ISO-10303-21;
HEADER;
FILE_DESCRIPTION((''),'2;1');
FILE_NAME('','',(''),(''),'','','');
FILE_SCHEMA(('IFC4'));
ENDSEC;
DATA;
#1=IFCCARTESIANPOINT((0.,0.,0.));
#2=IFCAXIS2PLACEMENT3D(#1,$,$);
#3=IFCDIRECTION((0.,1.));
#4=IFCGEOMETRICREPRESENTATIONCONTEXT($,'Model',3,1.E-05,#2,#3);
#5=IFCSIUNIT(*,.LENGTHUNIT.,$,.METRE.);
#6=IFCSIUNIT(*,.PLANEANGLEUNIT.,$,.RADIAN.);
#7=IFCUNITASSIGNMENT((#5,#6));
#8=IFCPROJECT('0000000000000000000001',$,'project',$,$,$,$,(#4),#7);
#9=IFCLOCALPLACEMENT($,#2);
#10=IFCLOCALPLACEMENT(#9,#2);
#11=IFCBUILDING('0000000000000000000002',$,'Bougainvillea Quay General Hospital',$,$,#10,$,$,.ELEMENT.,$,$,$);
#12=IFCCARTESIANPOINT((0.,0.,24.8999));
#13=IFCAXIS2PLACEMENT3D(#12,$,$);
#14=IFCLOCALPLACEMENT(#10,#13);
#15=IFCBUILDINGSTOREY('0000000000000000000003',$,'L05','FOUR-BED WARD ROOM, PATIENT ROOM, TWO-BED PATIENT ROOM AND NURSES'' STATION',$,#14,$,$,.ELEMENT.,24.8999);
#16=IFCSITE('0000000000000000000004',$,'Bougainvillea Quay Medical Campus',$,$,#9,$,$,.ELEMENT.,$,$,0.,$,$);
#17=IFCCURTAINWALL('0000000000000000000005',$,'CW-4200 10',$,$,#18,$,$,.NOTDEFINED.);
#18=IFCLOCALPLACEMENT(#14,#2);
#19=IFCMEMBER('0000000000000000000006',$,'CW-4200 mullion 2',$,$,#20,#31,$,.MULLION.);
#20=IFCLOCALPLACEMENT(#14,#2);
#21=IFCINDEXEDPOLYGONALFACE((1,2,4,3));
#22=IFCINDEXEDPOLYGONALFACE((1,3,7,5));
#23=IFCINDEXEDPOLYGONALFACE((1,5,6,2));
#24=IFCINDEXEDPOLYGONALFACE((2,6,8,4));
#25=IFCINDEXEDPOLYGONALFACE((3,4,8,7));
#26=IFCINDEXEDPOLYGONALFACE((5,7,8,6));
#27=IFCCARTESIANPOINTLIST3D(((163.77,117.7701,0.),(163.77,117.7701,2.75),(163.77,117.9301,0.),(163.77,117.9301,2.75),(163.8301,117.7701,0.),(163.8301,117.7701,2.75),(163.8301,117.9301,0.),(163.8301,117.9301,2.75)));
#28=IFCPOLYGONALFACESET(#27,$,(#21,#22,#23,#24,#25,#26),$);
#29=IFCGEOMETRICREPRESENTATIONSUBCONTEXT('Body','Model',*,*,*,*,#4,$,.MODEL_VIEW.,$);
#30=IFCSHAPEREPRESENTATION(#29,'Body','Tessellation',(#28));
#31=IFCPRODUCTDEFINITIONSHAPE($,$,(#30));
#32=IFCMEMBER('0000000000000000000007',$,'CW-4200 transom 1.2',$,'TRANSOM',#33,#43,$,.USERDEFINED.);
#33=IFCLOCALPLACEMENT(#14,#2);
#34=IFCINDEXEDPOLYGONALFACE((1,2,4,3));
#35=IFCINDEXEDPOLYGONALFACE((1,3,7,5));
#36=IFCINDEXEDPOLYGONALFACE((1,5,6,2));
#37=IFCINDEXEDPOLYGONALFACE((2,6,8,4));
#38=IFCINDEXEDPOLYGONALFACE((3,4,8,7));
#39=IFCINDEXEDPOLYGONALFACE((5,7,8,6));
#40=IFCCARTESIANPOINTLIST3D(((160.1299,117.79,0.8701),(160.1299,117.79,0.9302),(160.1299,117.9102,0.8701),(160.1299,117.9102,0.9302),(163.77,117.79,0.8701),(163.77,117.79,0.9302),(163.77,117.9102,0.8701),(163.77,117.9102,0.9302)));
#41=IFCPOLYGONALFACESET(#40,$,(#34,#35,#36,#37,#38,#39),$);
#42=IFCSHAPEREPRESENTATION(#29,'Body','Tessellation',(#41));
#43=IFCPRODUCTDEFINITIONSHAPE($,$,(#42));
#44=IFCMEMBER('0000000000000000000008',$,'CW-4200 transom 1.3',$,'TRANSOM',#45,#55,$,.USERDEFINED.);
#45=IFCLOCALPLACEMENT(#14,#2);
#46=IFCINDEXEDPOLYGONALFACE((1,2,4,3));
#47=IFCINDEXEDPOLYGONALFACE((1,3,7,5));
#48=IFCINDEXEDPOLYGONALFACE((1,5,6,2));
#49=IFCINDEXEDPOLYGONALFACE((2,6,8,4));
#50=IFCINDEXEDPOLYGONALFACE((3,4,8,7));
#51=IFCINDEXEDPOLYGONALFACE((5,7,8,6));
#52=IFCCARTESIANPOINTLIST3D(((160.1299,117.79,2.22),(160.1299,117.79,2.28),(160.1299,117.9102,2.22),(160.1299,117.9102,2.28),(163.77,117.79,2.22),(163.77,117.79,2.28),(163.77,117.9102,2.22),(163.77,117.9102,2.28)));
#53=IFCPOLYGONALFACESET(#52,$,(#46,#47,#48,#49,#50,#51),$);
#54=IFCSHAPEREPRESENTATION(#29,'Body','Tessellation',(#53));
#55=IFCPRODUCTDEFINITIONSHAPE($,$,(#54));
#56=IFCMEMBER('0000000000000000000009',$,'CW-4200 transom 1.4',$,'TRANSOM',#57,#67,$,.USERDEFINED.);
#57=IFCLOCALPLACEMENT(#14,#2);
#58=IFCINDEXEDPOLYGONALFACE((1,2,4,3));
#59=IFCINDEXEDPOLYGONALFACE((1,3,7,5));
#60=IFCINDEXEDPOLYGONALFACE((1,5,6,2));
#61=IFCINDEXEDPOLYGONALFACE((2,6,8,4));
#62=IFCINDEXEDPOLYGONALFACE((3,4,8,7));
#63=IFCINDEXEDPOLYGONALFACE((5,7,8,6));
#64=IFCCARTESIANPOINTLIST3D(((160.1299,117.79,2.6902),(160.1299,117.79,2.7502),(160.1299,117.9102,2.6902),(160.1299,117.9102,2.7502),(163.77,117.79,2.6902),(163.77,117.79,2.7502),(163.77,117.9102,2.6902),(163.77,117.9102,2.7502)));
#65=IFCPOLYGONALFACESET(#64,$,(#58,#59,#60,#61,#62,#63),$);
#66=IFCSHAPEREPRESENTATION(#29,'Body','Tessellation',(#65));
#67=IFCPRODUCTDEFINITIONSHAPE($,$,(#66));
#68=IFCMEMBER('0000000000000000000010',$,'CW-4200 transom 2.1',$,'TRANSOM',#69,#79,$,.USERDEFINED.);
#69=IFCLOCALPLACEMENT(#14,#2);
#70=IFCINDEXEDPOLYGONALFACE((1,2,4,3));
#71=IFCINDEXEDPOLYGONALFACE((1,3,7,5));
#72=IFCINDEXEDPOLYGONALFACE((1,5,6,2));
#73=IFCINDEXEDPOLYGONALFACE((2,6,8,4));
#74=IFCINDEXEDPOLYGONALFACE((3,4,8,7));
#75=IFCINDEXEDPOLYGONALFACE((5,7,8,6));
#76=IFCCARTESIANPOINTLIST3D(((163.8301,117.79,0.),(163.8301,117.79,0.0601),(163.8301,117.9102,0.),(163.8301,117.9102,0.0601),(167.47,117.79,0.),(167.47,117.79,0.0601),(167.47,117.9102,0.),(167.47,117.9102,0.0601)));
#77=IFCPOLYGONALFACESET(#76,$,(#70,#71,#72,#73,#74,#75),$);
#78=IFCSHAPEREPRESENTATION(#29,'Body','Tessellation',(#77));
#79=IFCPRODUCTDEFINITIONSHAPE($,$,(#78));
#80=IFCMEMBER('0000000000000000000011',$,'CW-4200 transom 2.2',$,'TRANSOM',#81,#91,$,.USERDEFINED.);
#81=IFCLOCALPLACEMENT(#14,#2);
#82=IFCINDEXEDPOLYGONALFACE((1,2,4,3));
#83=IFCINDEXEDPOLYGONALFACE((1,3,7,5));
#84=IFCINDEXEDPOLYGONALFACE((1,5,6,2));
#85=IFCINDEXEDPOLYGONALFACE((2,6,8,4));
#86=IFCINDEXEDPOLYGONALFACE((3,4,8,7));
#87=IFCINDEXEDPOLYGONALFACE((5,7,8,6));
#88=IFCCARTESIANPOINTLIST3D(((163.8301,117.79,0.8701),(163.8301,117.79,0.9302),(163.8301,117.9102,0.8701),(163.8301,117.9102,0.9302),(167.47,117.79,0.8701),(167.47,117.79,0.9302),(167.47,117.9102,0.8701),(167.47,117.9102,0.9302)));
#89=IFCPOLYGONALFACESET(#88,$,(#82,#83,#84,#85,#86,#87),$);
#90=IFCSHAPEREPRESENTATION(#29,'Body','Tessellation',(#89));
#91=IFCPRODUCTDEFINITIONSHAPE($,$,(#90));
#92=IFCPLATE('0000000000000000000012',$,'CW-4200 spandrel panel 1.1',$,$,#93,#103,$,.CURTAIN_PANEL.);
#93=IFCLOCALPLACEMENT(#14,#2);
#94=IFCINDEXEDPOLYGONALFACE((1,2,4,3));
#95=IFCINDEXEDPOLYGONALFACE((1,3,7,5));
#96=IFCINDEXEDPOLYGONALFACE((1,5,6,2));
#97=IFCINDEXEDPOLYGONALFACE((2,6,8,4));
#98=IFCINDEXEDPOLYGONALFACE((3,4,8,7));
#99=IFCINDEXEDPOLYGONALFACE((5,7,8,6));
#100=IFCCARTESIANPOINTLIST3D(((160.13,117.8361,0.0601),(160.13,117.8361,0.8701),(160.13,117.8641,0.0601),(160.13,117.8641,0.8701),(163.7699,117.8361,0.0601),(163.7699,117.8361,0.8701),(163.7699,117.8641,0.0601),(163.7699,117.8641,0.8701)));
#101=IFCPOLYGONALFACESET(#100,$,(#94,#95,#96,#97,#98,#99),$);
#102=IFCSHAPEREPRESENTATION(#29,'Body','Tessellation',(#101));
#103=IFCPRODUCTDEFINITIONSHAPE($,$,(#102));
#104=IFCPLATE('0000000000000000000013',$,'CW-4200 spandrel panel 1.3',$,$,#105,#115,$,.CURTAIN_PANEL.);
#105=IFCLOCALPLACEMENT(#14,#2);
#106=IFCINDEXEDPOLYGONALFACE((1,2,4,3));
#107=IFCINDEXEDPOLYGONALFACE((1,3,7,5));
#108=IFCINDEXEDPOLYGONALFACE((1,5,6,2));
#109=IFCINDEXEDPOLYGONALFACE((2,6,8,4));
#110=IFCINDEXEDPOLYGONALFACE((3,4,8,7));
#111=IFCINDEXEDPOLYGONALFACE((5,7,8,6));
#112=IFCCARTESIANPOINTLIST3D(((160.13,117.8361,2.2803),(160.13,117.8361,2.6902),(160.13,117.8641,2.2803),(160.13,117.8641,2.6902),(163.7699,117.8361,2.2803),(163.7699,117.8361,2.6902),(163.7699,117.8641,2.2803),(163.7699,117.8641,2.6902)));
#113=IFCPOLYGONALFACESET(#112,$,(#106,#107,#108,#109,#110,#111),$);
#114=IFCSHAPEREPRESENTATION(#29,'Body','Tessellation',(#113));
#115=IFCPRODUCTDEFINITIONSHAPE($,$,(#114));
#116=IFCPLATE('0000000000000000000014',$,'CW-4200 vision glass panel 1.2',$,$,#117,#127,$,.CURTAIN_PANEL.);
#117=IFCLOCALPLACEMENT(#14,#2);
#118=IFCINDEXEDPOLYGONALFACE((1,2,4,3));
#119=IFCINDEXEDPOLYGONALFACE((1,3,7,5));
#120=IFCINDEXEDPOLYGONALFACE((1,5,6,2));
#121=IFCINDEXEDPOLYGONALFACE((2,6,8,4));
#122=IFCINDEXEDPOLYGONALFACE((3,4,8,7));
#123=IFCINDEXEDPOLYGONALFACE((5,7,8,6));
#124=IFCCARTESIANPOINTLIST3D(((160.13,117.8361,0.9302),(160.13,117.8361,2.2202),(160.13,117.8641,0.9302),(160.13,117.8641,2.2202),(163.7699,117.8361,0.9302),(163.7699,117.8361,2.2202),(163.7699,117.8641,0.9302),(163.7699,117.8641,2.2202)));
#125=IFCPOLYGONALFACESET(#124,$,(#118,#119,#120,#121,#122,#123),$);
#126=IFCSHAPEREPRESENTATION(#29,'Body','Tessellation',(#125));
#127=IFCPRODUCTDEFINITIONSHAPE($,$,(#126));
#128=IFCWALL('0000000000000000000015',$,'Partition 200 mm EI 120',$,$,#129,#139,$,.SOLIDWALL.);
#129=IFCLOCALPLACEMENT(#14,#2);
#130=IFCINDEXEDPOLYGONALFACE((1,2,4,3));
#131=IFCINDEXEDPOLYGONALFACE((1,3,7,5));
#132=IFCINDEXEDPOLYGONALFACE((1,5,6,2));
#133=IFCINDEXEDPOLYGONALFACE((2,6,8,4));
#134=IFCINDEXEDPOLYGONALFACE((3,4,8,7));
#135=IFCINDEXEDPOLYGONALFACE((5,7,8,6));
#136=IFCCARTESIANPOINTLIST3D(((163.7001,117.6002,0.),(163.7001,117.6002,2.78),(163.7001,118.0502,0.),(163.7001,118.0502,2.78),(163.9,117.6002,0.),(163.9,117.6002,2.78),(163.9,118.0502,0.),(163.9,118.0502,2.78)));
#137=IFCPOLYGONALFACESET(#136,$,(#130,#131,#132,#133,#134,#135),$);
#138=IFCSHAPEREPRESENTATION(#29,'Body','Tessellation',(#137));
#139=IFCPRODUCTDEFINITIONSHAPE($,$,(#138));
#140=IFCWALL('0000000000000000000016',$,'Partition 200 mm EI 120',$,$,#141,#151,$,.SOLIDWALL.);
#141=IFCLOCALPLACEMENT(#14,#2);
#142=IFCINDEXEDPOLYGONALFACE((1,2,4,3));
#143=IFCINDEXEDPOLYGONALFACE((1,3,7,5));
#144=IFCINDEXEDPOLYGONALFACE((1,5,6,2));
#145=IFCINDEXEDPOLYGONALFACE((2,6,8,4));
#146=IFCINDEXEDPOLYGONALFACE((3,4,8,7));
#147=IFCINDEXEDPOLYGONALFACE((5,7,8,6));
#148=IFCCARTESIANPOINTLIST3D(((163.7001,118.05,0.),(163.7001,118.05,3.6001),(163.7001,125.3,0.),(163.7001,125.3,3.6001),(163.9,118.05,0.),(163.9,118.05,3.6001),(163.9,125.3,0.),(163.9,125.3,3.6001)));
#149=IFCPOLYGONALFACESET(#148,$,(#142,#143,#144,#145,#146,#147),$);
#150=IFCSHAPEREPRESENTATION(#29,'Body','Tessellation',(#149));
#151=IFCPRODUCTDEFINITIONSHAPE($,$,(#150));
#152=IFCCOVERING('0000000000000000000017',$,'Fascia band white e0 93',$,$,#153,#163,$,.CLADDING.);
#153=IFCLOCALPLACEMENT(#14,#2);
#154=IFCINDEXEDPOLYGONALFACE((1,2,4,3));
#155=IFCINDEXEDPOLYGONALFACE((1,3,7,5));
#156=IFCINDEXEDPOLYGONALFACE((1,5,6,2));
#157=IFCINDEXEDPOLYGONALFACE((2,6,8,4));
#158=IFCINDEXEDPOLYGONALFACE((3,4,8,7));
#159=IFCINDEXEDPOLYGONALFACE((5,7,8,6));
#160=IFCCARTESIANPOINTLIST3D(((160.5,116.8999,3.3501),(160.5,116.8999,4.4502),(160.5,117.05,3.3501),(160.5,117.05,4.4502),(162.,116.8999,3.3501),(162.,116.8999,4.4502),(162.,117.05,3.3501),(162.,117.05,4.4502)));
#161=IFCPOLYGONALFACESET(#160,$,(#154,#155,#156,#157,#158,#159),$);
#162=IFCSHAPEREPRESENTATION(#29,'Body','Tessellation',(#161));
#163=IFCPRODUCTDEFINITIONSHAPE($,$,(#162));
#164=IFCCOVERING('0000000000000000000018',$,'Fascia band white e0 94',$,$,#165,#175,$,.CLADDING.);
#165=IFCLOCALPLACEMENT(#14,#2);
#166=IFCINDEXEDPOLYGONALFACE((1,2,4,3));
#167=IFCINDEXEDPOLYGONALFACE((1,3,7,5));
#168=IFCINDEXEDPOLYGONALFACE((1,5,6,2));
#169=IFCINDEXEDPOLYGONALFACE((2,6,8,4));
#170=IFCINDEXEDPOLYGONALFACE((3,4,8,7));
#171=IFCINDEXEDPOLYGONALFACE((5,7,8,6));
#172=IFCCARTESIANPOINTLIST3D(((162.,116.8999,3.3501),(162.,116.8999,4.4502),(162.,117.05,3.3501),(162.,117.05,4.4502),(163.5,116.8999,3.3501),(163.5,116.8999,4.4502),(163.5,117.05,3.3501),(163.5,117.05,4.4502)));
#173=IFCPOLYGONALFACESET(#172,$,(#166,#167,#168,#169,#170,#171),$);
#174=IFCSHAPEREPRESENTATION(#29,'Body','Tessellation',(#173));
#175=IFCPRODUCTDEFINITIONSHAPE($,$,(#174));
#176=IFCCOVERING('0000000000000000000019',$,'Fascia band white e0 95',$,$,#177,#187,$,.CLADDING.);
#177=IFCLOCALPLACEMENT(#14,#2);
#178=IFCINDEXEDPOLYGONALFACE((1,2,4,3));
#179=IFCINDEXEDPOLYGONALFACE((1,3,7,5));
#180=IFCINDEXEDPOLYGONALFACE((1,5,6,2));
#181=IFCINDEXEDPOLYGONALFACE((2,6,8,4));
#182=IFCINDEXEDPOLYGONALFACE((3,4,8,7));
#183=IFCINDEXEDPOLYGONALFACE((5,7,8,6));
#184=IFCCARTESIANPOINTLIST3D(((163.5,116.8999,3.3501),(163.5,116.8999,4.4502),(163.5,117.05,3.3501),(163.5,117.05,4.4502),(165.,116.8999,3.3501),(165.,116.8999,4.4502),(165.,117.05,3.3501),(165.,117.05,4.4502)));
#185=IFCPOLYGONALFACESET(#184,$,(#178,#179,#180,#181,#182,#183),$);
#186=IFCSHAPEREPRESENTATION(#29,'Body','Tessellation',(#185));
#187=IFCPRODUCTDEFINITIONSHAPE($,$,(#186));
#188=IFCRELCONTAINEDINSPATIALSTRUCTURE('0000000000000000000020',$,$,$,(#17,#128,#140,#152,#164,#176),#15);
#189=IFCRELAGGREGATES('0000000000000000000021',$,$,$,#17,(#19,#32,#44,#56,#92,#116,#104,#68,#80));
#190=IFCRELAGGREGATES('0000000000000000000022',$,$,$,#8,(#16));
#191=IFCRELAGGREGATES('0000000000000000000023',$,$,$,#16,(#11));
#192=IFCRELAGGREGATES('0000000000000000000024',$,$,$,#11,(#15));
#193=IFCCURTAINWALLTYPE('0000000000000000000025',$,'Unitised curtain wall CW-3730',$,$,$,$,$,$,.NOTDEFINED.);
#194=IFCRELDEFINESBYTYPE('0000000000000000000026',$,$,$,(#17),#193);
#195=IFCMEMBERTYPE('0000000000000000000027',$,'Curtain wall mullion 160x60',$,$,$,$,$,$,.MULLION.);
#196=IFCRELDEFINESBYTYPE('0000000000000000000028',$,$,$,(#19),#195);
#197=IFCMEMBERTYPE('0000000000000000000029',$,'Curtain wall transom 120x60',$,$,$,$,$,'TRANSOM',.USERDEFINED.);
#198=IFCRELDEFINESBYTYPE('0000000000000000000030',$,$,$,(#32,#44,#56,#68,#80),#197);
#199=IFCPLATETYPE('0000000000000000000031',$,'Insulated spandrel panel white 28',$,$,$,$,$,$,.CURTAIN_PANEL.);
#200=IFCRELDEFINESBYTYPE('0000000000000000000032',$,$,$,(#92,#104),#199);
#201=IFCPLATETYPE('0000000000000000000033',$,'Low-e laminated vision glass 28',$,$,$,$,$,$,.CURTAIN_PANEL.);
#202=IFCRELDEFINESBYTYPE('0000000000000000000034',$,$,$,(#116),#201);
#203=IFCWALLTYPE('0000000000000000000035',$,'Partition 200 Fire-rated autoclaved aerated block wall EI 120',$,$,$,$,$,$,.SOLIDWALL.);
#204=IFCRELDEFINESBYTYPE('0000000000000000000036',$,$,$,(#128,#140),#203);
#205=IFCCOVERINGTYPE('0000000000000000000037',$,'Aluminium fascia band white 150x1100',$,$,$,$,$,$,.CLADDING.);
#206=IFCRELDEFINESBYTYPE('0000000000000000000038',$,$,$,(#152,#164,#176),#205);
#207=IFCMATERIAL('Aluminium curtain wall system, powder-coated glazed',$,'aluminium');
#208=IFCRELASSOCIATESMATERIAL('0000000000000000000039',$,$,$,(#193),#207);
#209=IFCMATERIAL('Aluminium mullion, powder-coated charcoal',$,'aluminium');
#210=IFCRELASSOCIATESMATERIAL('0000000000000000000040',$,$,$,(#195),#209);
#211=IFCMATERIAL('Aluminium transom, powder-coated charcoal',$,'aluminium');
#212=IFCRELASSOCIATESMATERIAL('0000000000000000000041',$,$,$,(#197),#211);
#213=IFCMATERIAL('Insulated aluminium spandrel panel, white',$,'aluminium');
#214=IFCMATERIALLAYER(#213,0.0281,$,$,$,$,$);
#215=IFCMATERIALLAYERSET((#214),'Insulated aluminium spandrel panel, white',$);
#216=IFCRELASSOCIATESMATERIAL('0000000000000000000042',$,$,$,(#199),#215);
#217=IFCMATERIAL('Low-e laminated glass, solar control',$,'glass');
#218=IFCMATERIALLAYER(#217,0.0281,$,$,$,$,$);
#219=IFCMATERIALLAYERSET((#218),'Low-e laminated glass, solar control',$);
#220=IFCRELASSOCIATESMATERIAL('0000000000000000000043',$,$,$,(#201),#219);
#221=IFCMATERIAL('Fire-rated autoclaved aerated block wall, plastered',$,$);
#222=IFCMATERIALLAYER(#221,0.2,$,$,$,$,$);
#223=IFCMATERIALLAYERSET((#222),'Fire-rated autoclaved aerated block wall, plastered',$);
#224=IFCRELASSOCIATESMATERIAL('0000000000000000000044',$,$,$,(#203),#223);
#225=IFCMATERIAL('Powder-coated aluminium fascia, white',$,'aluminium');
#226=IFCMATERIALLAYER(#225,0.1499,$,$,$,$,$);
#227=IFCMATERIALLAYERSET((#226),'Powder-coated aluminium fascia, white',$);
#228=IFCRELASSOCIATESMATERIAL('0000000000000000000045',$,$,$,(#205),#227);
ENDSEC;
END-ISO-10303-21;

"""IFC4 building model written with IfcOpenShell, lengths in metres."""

from ifc_helpers import new_model, si_unit, direction, frame, frame_2d, origin, origin_2d, place, context, subcontext, project, spatial, polyline, rectangle, outline, extrude, material, layer, layer_set, material_profile, profile_set, type_object, element, aggregate, save


model = new_model("IFC4")

# Units and contexts
model_context = context("Model", 3, precision=1e-05, world=origin(), true_north=direction((0.0, 1.0)))
body_context = subcontext(model_context, "Body", "Model", "MODEL_VIEW")
ifc_project = project(units=[si_unit("LENGTHUNIT", "METRE"), si_unit("PLANEANGLEUNIT", "RADIAN")], contexts=[model_context])

# Site, building, storey
site_placement = place(None, origin())
site = spatial("IfcSite", under=ifc_project, at=site_placement, Name="Bougainvillea Quay Medical Campus", CompositionType="ELEMENT", RefElevation=0.0)
building_placement = place(site_placement, origin())
building = spatial("IfcBuilding", under=site, at=building_placement, Name="Bougainvillea Quay General Hospital", CompositionType="ELEMENT")
storey_placement = place(building_placement, frame((0.0, 0.0, 24.8999)))
storey = spatial("IfcBuildingStorey", under=building, at=storey_placement, Name="L05", Description="FOUR-BED WARD ROOM, PATIENT ROOM, TWO-BED PATIENT ROOM AND NURSES' STATION", CompositionType="ELEMENT", Elevation=24.8999)

# Curtain wall, members, plates
ifc_material_1 = material(Name="Aluminium curtain wall system, powder-coated glazed", Category="aluminium")
curtain_wall_type = type_object("IfcCurtainWallType", Name="Unitised curtain wall CW-3730", PredefinedType="NOTDEFINED", material=ifc_material_1)
curtain_wall_placement = place(storey_placement, origin())
curtain_wall = element("IfcCurtainWall", 1, at=curtain_wall_placement, inside=storey, type_object=curtain_wall_type, Name="CW-4200 10", PredefinedType="NOTDEFINED")
ifc_material_2 = material(Name="Aluminium mullion, powder-coated charcoal", Category="aluminium")
ifc_material_profile_1 = material_profile(ifc_material_2, rectangle(XDim=0.1599, YDim=0.0601, at=origin_2d()))
ifc_profile_set_1 = profile_set([ifc_material_profile_1], Name="Aluminium mullion, powder-coated charcoal")
member_type_1 = type_object("IfcMemberType", Name="Curtain wall mullion 160x60", PredefinedType="MULLION", material=ifc_profile_set_1)
member_1_placement = place(storey_placement, frame((163.8, 117.8501, 0.0), z_axis=(0.0, 0.0, 1.0), x_axis=(0.0, 1.0, 0.0)))
member_1 = element("IfcMember", 2, at=member_1_placement, type_object=member_type_1, Name="CW-4200 mullion 2", PredefinedType="MULLION", context=body_context, shape_type="SweptSolid", body=[
    extrude(rectangle(XDim=0.1599, YDim=0.0601, at=origin_2d()), origin(), (0.0, 0.0, 1.0), 2.75),
])
ifc_material_3 = material(Name="Aluminium transom, powder-coated charcoal", Category="aluminium")
ifc_material_profile_2 = material_profile(ifc_material_3, rectangle(XDim=0.1201, YDim=0.0601, at=origin_2d()))
ifc_profile_set_2 = profile_set([ifc_material_profile_2], Name="Aluminium transom, powder-coated charcoal")
member_type_2 = type_object("IfcMemberType", Name="Curtain wall transom 120x60", ElementType="TRANSOM", PredefinedType="USERDEFINED", material=ifc_profile_set_2)
member_2_placement = place(storey_placement, frame((160.1299, 117.8501, 0.9001), z_axis=(1.0, 0.0, 0.0), x_axis=(0.0, 1.0, 0.0)))
member_2 = element("IfcMember", 3, at=member_2_placement, type_object=member_type_2, Name="CW-4200 transom 1.2", ObjectType="TRANSOM", PredefinedType="USERDEFINED", context=body_context, shape_type="SweptSolid", body=[
    extrude(rectangle(XDim=0.1201, YDim=0.0601, at=origin_2d()), origin(), (0.0, 0.0, 1.0), 3.6401),
])
member_3_placement = place(storey_placement, frame((160.1299, 117.8501, 2.25), z_axis=(1.0, 0.0, 0.0), x_axis=(0.0, 1.0, 0.0)))
member_3 = element("IfcMember", 4, at=member_3_placement, type_object=member_type_2, Name="CW-4200 transom 1.3", ObjectType="TRANSOM", PredefinedType="USERDEFINED", context=body_context, shape_type="SweptSolid", body=[
    extrude(rectangle(XDim=0.1201, YDim=0.0601, at=origin_2d()), origin(), (0.0, 0.0, 1.0), 3.6401),
])
member_4_placement = place(storey_placement, frame((160.1299, 117.8501, 2.7202), z_axis=(1.0, 0.0, 0.0), x_axis=(0.0, 1.0, 0.0)))
member_4 = element("IfcMember", 5, at=member_4_placement, type_object=member_type_2, Name="CW-4200 transom 1.4", ObjectType="TRANSOM", PredefinedType="USERDEFINED", context=body_context, shape_type="SweptSolid", body=[
    extrude(rectangle(XDim=0.1201, YDim=0.0601, at=origin_2d()), origin(), (0.0, 0.0, 1.0), 3.6401),
])
member_5_placement = place(storey_placement, frame((163.8301, 117.8501, 0.03), z_axis=(1.0, 0.0, 0.0), x_axis=(0.0, 1.0, 0.0)))
member_5 = element("IfcMember", 6, at=member_5_placement, type_object=member_type_2, Name="CW-4200 transom 2.1", ObjectType="TRANSOM", PredefinedType="USERDEFINED", context=body_context, shape_type="SweptSolid", body=[
    extrude(rectangle(XDim=0.1201, YDim=0.0601, at=origin_2d()), origin(), (0.0, 0.0, 1.0), 3.6399),
])
member_6_placement = place(storey_placement, frame((163.8301, 117.8501, 0.9001), z_axis=(1.0, 0.0, 0.0), x_axis=(0.0, 1.0, 0.0)))
member_6 = element("IfcMember", 7, at=member_6_placement, type_object=member_type_2, Name="CW-4200 transom 2.2", ObjectType="TRANSOM", PredefinedType="USERDEFINED", context=body_context, shape_type="SweptSolid", body=[
    extrude(rectangle(XDim=0.1201, YDim=0.0601, at=origin_2d()), origin(), (0.0, 0.0, 1.0), 3.6399),
])
ifc_material_4 = material(Name="Insulated aluminium spandrel panel, white", Category="aluminium")
ifc_layer_1 = layer(ifc_material_4, 0.0281)
ifc_layer_set_1 = layer_set([ifc_layer_1], Name="Insulated aluminium spandrel panel, white")
plate_type_1 = type_object("IfcPlateType", Name="Insulated spandrel panel white 28", PredefinedType="CURTAIN_PANEL", material=ifc_layer_set_1)
plate_1_placement = place(storey_placement, frame((161.95, 117.8501, 0.0601), z_axis=(0.0, 0.0, 1.0), x_axis=(1.0, 0.0, 0.0)))
plate_1 = element("IfcPlate", 8, at=plate_1_placement, type_object=plate_type_1, Name="CW-4200 spandrel panel 1.1", PredefinedType="CURTAIN_PANEL", context=body_context, shape_type="SweptSolid", body=[
    extrude(rectangle(XDim=3.6399, YDim=0.0281, at=origin_2d()), origin(), (0.0, 0.0, 1.0), 0.8101),
])
plate_2_placement = place(storey_placement, frame((161.95, 117.8501, 2.2803), z_axis=(0.0, 0.0, 1.0), x_axis=(1.0, 0.0, 0.0)))
plate_2 = element("IfcPlate", 9, at=plate_2_placement, type_object=plate_type_1, Name="CW-4200 spandrel panel 1.3", PredefinedType="CURTAIN_PANEL", context=body_context, shape_type="SweptSolid", body=[
    extrude(rectangle(XDim=3.6399, YDim=0.0281, at=origin_2d()), origin(), (0.0, 0.0, 1.0), 0.4099),
])
ifc_material_5 = material(Name="Low-e laminated glass, solar control", Category="glass")
ifc_layer_2 = layer(ifc_material_5, 0.0281)
ifc_layer_set_2 = layer_set([ifc_layer_2], Name="Low-e laminated glass, solar control")
plate_type_2 = type_object("IfcPlateType", Name="Low-e laminated vision glass 28", PredefinedType="CURTAIN_PANEL", material=ifc_layer_set_2)
plate_3_placement = place(storey_placement, frame((161.95, 117.8501, 0.9302), z_axis=(0.0, 0.0, 1.0), x_axis=(1.0, 0.0, 0.0)))
plate_3 = element("IfcPlate", 10, at=plate_3_placement, type_object=plate_type_2, Name="CW-4200 vision glass panel 1.2", PredefinedType="CURTAIN_PANEL", context=body_context, shape_type="SweptSolid", body=[
    extrude(rectangle(XDim=3.6399, YDim=0.0281, at=origin_2d()), origin(), (0.0, 0.0, 1.0), 1.29),
])
aggregate(curtain_wall, [member_1, member_2, member_3, member_4, plate_1, plate_3, plate_2, member_5, member_6])

# Walls
ifc_material_6 = material(Name="Fire-rated autoclaved aerated block wall, plastered")
ifc_layer_3 = layer(ifc_material_6, 0.2)
ifc_layer_set_3 = layer_set([ifc_layer_3], Name="Fire-rated autoclaved aerated block wall, plastered")
wall_type = type_object("IfcWallType", Name="Partition 200 Fire-rated autoclaved aerated block wall EI 120", PredefinedType="SOLIDWALL", material=ifc_layer_set_3)
wall_1_placement = place(storey_placement, frame((163.8, 117.6001, 0.0), z_axis=(0.0, 0.0, 1.0), x_axis=(0.0, 1.0, 0.0)))
element("IfcWall", 11, at=wall_1_placement, inside=storey, type_object=wall_type, Name="Partition 200 mm EI 120", PredefinedType="SOLIDWALL", context=body_context, shape_type="SweptSolid", body=[
    extrude(rectangle(XDim=0.45, YDim=0.2, at=frame_2d((0.2251, 0.0))), origin(), (0.0, 0.0, 1.0), 2.78),
])
wall_2_placement = place(storey_placement, frame((163.8, 118.05, 0.0), z_axis=(0.0, 0.0, 1.0), x_axis=(0.0, 1.0, 0.0)))
element("IfcWall", 12, at=wall_2_placement, inside=storey, type_object=wall_type, Name="Partition 200 mm EI 120", PredefinedType="SOLIDWALL", context=body_context, shape_type="SweptSolid", body=[
    extrude(rectangle(XDim=7.25, YDim=0.2, at=frame_2d((3.625, 0.0))), origin(), (0.0, 0.0, 1.0), 3.6001),
])

# Coverings
ifc_material_7 = material(Name="Powder-coated aluminium fascia, white", Category="aluminium")
ifc_layer_4 = layer(ifc_material_7, 0.1499)
ifc_layer_set_4 = layer_set([ifc_layer_4], Name="Powder-coated aluminium fascia, white")
covering_type = type_object("IfcCoveringType", Name="Aluminium fascia band white 150x1100", PredefinedType="CLADDING", material=ifc_layer_set_4)
for number, where, z_axis, x_axis, name in (
    (13, (160.5, 117.05, 3.3501), (0.0, 0.0, 1.0), (1.0, 0.0, 0.0), "Fascia band white e0 93"),
    (14, (162.0, 117.05, 3.3501), (0.0, 0.0, 1.0), (1.0, 0.0, 0.0), "Fascia band white e0 94"),
    (15, (163.5, 117.05, 3.3501), (0.0, 0.0, 1.0), (1.0, 0.0, 0.0), "Fascia band white e0 95"),
):
    element("IfcCovering", number, at=place(storey_placement, frame(where, z_axis=z_axis, x_axis=x_axis)), inside=storey, type_object=covering_type, Name=name, PredefinedType="CLADDING", context=body_context, shape_type="SweptSolid", body=[
        extrude(outline(polyline([(0.0, 0.0), (1.5, 0.0), (1.5, -0.1501), (0.0, -0.1501), (0.0, 0.0)])), origin(), (0.0, 0.0, 1.0), 1.1001),
    ])

save(model, "model.ifc")
